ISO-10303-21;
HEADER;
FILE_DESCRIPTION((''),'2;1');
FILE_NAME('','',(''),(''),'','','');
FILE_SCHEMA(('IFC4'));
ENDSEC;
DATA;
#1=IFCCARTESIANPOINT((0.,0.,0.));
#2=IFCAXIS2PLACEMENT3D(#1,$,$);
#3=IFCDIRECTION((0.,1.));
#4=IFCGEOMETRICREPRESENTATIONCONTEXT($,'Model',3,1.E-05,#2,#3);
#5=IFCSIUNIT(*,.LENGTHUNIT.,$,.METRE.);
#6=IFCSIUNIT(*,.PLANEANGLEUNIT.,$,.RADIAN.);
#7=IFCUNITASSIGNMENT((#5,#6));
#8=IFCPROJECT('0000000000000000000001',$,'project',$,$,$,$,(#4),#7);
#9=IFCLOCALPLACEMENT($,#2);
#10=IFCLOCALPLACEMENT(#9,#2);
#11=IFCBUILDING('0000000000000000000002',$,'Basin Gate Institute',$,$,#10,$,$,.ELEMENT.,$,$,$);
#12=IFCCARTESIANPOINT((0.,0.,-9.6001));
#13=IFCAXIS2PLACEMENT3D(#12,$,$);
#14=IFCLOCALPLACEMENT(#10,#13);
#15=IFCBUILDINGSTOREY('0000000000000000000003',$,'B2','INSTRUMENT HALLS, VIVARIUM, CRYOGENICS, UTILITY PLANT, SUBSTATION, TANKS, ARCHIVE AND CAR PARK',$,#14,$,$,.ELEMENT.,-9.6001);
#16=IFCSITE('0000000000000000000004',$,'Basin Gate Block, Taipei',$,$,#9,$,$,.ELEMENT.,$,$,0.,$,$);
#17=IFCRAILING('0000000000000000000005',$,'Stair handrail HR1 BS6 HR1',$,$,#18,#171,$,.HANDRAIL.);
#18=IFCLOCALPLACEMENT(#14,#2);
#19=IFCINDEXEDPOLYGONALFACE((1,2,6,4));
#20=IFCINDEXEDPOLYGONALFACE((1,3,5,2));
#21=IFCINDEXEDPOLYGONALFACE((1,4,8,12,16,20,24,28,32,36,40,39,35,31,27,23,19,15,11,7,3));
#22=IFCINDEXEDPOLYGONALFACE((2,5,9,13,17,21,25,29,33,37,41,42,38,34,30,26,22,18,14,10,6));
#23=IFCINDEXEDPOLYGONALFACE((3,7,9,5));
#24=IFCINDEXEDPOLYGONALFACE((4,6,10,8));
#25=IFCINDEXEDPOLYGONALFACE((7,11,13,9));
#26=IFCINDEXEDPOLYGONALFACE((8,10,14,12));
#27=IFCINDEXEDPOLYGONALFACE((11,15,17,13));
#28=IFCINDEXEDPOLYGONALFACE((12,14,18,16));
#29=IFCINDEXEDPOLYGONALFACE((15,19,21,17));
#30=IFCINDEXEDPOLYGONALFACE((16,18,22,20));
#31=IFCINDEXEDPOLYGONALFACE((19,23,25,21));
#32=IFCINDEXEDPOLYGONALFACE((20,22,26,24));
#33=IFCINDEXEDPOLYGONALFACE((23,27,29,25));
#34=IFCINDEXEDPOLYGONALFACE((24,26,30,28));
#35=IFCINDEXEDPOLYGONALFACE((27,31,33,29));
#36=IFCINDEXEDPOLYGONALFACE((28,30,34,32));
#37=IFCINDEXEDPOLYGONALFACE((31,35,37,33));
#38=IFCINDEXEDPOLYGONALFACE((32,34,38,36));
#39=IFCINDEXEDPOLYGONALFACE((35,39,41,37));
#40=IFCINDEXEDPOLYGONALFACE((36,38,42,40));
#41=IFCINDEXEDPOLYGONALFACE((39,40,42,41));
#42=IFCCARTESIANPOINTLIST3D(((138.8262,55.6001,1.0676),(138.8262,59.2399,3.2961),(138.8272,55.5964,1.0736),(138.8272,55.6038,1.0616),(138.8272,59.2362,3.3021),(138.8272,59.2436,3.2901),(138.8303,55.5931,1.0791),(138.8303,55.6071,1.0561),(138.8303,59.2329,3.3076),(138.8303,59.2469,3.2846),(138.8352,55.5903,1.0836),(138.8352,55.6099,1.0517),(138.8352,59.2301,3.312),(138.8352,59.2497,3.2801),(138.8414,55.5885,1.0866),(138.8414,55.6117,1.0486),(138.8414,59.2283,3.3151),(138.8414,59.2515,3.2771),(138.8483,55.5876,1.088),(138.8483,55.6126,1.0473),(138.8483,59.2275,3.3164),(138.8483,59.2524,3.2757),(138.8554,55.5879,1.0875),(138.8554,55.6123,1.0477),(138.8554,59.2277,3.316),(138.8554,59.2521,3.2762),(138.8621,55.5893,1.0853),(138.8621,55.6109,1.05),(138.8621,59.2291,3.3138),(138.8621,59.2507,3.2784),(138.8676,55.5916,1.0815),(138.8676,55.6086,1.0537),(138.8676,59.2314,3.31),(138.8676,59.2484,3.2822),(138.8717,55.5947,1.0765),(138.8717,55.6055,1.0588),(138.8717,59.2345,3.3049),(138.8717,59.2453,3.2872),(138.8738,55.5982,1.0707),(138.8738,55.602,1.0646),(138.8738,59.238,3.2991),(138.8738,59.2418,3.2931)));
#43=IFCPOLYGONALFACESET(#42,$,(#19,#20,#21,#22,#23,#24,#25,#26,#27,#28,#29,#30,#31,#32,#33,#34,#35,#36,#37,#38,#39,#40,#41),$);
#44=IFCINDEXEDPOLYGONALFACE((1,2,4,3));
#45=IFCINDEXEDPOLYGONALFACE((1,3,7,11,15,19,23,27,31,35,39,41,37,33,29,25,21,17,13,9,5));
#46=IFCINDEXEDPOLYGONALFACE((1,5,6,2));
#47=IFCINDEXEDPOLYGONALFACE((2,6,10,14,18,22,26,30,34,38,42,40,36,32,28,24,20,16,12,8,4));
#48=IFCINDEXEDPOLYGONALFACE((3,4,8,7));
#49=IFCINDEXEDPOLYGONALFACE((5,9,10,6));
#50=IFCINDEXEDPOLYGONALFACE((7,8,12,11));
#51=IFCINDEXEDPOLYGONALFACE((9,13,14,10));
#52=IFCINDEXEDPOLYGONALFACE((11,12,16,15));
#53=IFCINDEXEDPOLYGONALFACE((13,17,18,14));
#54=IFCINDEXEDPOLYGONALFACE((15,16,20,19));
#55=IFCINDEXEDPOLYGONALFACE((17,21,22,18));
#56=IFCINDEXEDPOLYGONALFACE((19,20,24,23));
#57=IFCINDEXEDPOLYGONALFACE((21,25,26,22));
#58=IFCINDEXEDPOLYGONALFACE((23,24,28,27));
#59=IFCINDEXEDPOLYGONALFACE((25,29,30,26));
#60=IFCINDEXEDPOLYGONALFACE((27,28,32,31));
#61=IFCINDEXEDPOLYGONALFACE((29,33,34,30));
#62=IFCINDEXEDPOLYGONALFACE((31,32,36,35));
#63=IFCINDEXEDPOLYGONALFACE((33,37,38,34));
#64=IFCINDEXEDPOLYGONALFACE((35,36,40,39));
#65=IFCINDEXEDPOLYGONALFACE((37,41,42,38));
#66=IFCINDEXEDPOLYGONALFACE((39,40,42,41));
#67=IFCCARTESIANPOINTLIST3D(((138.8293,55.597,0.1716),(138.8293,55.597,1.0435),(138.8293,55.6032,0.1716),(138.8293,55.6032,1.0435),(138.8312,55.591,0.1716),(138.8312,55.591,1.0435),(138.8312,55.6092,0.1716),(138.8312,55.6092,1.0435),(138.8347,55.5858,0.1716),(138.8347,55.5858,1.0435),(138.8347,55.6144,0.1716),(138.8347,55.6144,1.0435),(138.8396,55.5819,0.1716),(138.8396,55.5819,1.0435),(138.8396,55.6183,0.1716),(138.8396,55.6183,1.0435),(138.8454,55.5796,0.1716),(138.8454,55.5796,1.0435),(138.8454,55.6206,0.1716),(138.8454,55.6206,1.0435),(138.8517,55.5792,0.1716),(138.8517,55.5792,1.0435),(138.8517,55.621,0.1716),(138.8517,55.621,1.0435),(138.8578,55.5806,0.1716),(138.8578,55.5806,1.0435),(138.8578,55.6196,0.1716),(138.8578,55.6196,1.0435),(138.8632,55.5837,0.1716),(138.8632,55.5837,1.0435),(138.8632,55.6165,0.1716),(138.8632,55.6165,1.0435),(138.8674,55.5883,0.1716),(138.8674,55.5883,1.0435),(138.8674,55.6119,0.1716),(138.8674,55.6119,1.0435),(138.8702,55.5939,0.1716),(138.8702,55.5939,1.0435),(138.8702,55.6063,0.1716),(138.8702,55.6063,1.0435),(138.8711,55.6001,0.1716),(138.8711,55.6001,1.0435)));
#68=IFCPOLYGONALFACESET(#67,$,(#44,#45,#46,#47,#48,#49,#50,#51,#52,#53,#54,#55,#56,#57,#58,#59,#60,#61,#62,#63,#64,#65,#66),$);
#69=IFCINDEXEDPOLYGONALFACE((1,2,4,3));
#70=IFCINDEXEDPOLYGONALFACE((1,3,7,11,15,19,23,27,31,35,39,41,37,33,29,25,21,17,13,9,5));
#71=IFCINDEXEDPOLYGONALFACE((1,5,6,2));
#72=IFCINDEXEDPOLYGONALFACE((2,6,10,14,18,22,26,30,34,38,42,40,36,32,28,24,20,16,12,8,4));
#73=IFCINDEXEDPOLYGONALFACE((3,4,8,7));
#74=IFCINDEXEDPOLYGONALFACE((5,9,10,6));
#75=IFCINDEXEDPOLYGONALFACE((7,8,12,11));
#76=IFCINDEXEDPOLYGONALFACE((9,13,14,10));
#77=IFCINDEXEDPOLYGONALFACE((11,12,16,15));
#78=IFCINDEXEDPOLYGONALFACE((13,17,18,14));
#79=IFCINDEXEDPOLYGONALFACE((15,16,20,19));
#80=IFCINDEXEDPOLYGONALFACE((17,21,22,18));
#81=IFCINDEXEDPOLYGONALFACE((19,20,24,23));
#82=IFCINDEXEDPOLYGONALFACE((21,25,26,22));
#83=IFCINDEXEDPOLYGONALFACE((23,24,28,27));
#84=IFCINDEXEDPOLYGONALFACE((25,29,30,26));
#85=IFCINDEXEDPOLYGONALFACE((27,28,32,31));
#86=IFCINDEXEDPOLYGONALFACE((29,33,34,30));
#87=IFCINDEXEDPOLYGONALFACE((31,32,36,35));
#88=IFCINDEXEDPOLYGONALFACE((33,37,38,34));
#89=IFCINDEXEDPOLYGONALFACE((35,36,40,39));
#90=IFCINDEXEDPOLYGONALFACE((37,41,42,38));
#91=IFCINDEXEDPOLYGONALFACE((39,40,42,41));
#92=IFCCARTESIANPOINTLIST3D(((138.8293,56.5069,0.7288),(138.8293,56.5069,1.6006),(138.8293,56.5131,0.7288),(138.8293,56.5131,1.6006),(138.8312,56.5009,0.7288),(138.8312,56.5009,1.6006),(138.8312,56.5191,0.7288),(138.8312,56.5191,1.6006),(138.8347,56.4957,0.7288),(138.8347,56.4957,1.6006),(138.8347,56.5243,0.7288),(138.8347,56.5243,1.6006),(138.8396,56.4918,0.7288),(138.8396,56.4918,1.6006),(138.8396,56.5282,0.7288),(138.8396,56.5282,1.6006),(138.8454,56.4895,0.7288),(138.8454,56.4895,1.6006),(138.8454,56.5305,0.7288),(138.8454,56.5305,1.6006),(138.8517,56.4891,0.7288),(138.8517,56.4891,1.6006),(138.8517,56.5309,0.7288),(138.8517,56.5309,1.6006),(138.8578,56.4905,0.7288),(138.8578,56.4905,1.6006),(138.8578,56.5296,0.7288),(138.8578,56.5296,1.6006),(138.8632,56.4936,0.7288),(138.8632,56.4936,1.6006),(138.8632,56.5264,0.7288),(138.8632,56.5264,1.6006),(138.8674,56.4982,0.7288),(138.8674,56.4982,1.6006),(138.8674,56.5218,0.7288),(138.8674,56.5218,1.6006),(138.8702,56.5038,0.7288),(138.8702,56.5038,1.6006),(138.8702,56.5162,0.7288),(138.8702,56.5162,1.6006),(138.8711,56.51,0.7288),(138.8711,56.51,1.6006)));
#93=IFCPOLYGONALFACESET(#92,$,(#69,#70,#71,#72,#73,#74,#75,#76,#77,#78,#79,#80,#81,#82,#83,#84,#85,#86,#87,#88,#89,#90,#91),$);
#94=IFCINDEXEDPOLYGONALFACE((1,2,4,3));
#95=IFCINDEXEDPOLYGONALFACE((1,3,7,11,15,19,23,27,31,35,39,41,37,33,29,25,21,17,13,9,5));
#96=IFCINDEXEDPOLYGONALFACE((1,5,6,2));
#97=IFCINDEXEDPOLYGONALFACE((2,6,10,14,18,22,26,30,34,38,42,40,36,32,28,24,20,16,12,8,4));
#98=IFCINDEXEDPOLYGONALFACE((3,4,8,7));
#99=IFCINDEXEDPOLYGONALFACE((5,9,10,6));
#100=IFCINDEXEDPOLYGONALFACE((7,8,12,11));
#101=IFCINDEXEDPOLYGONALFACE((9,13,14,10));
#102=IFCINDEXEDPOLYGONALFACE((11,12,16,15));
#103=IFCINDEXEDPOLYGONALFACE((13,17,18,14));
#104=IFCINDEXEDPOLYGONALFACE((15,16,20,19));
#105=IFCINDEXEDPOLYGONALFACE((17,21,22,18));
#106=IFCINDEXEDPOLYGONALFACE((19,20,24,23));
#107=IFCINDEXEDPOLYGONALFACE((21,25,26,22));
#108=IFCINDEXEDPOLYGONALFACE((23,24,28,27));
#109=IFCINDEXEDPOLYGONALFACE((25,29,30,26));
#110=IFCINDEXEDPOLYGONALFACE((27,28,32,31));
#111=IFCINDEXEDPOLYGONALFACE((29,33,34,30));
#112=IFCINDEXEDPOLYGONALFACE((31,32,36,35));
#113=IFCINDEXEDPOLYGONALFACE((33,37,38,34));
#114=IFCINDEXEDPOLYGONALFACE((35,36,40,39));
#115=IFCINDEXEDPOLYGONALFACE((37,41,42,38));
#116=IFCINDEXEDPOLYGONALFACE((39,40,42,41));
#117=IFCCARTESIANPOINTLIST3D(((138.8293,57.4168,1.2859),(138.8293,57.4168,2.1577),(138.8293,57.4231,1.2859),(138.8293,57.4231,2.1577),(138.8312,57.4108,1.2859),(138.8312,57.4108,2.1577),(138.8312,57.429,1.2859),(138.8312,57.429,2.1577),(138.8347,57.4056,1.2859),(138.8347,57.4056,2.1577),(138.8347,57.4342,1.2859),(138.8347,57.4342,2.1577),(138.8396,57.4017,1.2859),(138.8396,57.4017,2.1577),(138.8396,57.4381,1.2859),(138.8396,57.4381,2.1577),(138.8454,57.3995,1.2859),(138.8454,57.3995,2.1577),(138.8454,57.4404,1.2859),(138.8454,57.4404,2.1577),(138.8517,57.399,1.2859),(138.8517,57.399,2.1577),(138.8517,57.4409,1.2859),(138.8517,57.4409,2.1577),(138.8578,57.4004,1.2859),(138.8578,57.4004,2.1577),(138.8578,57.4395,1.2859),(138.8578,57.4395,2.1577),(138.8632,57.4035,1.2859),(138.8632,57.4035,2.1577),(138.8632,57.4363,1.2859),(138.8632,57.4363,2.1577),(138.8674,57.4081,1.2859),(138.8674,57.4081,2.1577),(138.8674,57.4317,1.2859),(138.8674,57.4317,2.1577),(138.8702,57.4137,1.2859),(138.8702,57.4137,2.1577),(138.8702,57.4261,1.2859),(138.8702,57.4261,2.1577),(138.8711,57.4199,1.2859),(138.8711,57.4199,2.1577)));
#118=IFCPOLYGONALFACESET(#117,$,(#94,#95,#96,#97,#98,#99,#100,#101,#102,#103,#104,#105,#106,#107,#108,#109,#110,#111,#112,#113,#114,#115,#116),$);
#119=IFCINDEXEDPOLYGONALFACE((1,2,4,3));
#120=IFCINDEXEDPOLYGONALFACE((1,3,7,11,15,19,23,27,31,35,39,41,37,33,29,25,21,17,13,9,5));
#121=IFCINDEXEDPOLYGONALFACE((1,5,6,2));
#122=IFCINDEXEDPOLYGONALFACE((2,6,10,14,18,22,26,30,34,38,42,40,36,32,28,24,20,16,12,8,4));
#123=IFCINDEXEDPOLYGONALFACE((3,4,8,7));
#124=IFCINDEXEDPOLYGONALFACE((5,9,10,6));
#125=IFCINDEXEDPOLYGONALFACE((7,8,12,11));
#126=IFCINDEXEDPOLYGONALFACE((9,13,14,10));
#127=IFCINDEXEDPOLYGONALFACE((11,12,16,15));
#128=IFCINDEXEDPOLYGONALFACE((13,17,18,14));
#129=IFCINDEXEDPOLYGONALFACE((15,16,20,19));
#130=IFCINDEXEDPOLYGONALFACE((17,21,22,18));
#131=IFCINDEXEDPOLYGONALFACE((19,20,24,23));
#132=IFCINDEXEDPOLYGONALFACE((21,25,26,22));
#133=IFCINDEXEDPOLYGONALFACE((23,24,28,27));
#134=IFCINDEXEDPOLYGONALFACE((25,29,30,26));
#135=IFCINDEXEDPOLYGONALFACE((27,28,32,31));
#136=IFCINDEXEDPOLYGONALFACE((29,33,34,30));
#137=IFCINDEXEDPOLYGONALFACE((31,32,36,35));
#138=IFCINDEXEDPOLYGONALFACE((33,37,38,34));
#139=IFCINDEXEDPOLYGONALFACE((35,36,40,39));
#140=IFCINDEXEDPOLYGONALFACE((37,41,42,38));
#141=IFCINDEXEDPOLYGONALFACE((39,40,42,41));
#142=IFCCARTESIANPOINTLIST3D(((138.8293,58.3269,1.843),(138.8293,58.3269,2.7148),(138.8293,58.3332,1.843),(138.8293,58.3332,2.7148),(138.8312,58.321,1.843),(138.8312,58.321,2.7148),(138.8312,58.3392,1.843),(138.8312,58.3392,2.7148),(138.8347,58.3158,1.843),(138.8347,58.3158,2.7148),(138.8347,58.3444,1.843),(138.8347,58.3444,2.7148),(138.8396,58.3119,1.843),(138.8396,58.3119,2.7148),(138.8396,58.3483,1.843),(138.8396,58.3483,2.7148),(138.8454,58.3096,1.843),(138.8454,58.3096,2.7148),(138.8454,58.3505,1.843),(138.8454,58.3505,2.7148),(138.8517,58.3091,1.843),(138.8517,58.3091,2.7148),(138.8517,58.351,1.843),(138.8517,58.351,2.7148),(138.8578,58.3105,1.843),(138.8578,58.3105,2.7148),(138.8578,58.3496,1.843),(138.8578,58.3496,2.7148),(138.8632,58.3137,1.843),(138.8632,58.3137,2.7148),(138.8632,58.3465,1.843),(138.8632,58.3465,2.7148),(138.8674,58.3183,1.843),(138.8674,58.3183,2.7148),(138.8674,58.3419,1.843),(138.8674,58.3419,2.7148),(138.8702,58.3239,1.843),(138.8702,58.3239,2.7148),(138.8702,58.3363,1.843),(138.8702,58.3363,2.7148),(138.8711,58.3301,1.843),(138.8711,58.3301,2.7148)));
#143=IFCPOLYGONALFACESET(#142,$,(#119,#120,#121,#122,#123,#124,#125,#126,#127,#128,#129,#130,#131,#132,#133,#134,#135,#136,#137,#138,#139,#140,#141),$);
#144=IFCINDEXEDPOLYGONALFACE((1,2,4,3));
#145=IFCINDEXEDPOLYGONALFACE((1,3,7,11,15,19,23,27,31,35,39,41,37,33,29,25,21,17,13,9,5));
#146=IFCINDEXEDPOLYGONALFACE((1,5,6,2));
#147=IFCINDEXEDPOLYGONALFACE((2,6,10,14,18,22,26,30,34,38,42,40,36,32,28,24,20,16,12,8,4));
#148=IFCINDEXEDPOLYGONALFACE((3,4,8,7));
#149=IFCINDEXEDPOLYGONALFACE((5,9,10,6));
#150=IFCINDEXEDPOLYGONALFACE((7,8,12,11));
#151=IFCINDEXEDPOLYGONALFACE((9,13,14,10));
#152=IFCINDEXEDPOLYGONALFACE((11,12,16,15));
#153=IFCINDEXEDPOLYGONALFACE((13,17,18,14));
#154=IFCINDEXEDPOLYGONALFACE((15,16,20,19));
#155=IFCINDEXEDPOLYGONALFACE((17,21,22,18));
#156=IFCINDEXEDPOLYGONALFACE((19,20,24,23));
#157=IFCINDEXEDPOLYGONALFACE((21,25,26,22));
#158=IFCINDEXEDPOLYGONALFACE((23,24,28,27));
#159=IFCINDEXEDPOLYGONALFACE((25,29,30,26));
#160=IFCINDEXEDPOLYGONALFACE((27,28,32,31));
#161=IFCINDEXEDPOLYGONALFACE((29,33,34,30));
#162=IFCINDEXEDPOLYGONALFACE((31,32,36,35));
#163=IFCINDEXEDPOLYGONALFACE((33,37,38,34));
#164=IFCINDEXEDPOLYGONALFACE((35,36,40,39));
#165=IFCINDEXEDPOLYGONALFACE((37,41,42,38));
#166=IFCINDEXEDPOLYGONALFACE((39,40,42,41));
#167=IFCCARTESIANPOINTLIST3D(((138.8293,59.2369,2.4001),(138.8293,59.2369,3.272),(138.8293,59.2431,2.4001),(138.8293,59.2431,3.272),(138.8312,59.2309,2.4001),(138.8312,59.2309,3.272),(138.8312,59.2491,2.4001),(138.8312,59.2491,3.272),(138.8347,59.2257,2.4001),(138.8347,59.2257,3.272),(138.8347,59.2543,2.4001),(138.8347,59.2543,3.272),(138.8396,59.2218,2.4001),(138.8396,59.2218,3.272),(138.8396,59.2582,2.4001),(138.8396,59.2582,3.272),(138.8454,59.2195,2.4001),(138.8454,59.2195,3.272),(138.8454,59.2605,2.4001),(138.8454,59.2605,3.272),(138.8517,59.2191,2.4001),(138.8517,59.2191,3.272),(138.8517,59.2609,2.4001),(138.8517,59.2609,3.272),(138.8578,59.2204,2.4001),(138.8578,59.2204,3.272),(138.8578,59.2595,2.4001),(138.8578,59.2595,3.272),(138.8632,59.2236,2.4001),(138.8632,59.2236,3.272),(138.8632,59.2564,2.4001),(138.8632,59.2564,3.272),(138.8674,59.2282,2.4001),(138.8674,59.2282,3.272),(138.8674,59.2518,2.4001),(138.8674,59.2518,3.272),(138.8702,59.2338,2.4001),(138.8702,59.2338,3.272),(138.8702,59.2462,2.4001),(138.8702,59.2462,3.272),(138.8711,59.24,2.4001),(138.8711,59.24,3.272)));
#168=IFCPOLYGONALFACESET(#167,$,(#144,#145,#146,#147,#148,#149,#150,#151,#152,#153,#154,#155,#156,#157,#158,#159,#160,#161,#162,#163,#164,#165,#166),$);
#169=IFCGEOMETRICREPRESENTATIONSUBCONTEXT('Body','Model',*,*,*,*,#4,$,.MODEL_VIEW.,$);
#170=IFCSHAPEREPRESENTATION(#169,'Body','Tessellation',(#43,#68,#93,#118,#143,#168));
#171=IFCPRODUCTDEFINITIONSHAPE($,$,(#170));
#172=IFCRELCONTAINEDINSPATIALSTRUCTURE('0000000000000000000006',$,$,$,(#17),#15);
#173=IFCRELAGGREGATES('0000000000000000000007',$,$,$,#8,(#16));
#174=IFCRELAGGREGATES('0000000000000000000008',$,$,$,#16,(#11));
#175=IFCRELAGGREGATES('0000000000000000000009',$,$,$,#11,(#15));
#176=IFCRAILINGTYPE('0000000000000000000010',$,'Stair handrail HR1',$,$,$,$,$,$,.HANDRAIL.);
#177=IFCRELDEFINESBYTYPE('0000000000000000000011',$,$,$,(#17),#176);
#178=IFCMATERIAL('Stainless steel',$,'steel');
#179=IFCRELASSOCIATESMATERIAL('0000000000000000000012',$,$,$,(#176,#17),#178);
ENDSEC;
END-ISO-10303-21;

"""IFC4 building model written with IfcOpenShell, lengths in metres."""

from ifc_helpers import new_model, si_unit, direction, frame, origin, origin_2d, place, context, subcontext, project, spatial, circle, extrude, material, type_object, element, save


model = new_model("IFC4")

# Units and contexts
model_context = context("Model", 3, precision=1e-05, world=origin(), true_north=direction((0.0, 1.0)))
body_context = subcontext(model_context, "Body", "Model", "MODEL_VIEW")
ifc_project = project(units=[si_unit("LENGTHUNIT", "METRE"), si_unit("PLANEANGLEUNIT", "RADIAN")], contexts=[model_context])

# Site, building, storey
site_placement = place(None, origin())
site = spatial("IfcSite", under=ifc_project, at=site_placement, Name="Basin Gate Block, Taipei", CompositionType="ELEMENT", RefElevation=0.0)
building_placement = place(site_placement, origin())
building = spatial("IfcBuilding", under=site, at=building_placement, Name="Basin Gate Institute", CompositionType="ELEMENT")
storey_placement = place(building_placement, frame((0.0, 0.0, -9.6001)))
storey = spatial("IfcBuildingStorey", under=building, at=storey_placement, Name="B2", Description="INSTRUMENT HALLS, VIVARIUM, CRYOGENICS, UTILITY PLANT, SUBSTATION, TANKS, ARCHIVE AND CAR PARK", CompositionType="ELEMENT", Elevation=-9.6001)

# Railing
ifc_material_1 = material(Name="Stainless steel", Category="steel")
railing_type_1 = type_object("IfcRailingType", Name="Stair handrail HR1", PredefinedType="HANDRAIL", material=ifc_material_1)
for number, where, name in (
    (1, (138.8501, 55.6001, 0.1716), "Stair handrail HR1 BS6 HR1"),
):
    element("IfcRailing", number, at=place(storey_placement, frame(where)), inside=storey, type_object=railing_type_1, material=ifc_material_1, Name=name, PredefinedType="HANDRAIL", context=body_context, shape_type="SweptSolid", body=[
        extrude(circle(Radius=0.0239, at=origin_2d()), frame((0.0, 0.0, 0.896), z_axis=(0.0, 0.85285, 0.522156), x_axis=(-1.0, 0.0, 0.0)), (0.0, 0.0, 1.0), 4.2678),
        extrude(circle(Radius=0.021, at=origin_2d()), origin(), (0.0, 0.0, 1.0), 0.8718),
        extrude(circle(Radius=0.021, at=origin_2d()), frame((0.0, 0.9099, 0.5571)), (0.0, 0.0, 1.0), 0.8718),
        extrude(circle(Radius=0.021, at=origin_2d()), frame((0.0, 1.8198, 1.1143)), (0.0, 0.0, 1.0), 0.8718),
        extrude(circle(Radius=0.021, at=origin_2d()), frame((0.0, 2.73, 1.6714)), (0.0, 0.0, 1.0), 0.8718),
        extrude(circle(Radius=0.021, at=origin_2d()), frame((0.0, 3.6399, 2.2285)), (0.0, 0.0, 1.0), 0.8718),
    ])

save(model, "model.ifc")
